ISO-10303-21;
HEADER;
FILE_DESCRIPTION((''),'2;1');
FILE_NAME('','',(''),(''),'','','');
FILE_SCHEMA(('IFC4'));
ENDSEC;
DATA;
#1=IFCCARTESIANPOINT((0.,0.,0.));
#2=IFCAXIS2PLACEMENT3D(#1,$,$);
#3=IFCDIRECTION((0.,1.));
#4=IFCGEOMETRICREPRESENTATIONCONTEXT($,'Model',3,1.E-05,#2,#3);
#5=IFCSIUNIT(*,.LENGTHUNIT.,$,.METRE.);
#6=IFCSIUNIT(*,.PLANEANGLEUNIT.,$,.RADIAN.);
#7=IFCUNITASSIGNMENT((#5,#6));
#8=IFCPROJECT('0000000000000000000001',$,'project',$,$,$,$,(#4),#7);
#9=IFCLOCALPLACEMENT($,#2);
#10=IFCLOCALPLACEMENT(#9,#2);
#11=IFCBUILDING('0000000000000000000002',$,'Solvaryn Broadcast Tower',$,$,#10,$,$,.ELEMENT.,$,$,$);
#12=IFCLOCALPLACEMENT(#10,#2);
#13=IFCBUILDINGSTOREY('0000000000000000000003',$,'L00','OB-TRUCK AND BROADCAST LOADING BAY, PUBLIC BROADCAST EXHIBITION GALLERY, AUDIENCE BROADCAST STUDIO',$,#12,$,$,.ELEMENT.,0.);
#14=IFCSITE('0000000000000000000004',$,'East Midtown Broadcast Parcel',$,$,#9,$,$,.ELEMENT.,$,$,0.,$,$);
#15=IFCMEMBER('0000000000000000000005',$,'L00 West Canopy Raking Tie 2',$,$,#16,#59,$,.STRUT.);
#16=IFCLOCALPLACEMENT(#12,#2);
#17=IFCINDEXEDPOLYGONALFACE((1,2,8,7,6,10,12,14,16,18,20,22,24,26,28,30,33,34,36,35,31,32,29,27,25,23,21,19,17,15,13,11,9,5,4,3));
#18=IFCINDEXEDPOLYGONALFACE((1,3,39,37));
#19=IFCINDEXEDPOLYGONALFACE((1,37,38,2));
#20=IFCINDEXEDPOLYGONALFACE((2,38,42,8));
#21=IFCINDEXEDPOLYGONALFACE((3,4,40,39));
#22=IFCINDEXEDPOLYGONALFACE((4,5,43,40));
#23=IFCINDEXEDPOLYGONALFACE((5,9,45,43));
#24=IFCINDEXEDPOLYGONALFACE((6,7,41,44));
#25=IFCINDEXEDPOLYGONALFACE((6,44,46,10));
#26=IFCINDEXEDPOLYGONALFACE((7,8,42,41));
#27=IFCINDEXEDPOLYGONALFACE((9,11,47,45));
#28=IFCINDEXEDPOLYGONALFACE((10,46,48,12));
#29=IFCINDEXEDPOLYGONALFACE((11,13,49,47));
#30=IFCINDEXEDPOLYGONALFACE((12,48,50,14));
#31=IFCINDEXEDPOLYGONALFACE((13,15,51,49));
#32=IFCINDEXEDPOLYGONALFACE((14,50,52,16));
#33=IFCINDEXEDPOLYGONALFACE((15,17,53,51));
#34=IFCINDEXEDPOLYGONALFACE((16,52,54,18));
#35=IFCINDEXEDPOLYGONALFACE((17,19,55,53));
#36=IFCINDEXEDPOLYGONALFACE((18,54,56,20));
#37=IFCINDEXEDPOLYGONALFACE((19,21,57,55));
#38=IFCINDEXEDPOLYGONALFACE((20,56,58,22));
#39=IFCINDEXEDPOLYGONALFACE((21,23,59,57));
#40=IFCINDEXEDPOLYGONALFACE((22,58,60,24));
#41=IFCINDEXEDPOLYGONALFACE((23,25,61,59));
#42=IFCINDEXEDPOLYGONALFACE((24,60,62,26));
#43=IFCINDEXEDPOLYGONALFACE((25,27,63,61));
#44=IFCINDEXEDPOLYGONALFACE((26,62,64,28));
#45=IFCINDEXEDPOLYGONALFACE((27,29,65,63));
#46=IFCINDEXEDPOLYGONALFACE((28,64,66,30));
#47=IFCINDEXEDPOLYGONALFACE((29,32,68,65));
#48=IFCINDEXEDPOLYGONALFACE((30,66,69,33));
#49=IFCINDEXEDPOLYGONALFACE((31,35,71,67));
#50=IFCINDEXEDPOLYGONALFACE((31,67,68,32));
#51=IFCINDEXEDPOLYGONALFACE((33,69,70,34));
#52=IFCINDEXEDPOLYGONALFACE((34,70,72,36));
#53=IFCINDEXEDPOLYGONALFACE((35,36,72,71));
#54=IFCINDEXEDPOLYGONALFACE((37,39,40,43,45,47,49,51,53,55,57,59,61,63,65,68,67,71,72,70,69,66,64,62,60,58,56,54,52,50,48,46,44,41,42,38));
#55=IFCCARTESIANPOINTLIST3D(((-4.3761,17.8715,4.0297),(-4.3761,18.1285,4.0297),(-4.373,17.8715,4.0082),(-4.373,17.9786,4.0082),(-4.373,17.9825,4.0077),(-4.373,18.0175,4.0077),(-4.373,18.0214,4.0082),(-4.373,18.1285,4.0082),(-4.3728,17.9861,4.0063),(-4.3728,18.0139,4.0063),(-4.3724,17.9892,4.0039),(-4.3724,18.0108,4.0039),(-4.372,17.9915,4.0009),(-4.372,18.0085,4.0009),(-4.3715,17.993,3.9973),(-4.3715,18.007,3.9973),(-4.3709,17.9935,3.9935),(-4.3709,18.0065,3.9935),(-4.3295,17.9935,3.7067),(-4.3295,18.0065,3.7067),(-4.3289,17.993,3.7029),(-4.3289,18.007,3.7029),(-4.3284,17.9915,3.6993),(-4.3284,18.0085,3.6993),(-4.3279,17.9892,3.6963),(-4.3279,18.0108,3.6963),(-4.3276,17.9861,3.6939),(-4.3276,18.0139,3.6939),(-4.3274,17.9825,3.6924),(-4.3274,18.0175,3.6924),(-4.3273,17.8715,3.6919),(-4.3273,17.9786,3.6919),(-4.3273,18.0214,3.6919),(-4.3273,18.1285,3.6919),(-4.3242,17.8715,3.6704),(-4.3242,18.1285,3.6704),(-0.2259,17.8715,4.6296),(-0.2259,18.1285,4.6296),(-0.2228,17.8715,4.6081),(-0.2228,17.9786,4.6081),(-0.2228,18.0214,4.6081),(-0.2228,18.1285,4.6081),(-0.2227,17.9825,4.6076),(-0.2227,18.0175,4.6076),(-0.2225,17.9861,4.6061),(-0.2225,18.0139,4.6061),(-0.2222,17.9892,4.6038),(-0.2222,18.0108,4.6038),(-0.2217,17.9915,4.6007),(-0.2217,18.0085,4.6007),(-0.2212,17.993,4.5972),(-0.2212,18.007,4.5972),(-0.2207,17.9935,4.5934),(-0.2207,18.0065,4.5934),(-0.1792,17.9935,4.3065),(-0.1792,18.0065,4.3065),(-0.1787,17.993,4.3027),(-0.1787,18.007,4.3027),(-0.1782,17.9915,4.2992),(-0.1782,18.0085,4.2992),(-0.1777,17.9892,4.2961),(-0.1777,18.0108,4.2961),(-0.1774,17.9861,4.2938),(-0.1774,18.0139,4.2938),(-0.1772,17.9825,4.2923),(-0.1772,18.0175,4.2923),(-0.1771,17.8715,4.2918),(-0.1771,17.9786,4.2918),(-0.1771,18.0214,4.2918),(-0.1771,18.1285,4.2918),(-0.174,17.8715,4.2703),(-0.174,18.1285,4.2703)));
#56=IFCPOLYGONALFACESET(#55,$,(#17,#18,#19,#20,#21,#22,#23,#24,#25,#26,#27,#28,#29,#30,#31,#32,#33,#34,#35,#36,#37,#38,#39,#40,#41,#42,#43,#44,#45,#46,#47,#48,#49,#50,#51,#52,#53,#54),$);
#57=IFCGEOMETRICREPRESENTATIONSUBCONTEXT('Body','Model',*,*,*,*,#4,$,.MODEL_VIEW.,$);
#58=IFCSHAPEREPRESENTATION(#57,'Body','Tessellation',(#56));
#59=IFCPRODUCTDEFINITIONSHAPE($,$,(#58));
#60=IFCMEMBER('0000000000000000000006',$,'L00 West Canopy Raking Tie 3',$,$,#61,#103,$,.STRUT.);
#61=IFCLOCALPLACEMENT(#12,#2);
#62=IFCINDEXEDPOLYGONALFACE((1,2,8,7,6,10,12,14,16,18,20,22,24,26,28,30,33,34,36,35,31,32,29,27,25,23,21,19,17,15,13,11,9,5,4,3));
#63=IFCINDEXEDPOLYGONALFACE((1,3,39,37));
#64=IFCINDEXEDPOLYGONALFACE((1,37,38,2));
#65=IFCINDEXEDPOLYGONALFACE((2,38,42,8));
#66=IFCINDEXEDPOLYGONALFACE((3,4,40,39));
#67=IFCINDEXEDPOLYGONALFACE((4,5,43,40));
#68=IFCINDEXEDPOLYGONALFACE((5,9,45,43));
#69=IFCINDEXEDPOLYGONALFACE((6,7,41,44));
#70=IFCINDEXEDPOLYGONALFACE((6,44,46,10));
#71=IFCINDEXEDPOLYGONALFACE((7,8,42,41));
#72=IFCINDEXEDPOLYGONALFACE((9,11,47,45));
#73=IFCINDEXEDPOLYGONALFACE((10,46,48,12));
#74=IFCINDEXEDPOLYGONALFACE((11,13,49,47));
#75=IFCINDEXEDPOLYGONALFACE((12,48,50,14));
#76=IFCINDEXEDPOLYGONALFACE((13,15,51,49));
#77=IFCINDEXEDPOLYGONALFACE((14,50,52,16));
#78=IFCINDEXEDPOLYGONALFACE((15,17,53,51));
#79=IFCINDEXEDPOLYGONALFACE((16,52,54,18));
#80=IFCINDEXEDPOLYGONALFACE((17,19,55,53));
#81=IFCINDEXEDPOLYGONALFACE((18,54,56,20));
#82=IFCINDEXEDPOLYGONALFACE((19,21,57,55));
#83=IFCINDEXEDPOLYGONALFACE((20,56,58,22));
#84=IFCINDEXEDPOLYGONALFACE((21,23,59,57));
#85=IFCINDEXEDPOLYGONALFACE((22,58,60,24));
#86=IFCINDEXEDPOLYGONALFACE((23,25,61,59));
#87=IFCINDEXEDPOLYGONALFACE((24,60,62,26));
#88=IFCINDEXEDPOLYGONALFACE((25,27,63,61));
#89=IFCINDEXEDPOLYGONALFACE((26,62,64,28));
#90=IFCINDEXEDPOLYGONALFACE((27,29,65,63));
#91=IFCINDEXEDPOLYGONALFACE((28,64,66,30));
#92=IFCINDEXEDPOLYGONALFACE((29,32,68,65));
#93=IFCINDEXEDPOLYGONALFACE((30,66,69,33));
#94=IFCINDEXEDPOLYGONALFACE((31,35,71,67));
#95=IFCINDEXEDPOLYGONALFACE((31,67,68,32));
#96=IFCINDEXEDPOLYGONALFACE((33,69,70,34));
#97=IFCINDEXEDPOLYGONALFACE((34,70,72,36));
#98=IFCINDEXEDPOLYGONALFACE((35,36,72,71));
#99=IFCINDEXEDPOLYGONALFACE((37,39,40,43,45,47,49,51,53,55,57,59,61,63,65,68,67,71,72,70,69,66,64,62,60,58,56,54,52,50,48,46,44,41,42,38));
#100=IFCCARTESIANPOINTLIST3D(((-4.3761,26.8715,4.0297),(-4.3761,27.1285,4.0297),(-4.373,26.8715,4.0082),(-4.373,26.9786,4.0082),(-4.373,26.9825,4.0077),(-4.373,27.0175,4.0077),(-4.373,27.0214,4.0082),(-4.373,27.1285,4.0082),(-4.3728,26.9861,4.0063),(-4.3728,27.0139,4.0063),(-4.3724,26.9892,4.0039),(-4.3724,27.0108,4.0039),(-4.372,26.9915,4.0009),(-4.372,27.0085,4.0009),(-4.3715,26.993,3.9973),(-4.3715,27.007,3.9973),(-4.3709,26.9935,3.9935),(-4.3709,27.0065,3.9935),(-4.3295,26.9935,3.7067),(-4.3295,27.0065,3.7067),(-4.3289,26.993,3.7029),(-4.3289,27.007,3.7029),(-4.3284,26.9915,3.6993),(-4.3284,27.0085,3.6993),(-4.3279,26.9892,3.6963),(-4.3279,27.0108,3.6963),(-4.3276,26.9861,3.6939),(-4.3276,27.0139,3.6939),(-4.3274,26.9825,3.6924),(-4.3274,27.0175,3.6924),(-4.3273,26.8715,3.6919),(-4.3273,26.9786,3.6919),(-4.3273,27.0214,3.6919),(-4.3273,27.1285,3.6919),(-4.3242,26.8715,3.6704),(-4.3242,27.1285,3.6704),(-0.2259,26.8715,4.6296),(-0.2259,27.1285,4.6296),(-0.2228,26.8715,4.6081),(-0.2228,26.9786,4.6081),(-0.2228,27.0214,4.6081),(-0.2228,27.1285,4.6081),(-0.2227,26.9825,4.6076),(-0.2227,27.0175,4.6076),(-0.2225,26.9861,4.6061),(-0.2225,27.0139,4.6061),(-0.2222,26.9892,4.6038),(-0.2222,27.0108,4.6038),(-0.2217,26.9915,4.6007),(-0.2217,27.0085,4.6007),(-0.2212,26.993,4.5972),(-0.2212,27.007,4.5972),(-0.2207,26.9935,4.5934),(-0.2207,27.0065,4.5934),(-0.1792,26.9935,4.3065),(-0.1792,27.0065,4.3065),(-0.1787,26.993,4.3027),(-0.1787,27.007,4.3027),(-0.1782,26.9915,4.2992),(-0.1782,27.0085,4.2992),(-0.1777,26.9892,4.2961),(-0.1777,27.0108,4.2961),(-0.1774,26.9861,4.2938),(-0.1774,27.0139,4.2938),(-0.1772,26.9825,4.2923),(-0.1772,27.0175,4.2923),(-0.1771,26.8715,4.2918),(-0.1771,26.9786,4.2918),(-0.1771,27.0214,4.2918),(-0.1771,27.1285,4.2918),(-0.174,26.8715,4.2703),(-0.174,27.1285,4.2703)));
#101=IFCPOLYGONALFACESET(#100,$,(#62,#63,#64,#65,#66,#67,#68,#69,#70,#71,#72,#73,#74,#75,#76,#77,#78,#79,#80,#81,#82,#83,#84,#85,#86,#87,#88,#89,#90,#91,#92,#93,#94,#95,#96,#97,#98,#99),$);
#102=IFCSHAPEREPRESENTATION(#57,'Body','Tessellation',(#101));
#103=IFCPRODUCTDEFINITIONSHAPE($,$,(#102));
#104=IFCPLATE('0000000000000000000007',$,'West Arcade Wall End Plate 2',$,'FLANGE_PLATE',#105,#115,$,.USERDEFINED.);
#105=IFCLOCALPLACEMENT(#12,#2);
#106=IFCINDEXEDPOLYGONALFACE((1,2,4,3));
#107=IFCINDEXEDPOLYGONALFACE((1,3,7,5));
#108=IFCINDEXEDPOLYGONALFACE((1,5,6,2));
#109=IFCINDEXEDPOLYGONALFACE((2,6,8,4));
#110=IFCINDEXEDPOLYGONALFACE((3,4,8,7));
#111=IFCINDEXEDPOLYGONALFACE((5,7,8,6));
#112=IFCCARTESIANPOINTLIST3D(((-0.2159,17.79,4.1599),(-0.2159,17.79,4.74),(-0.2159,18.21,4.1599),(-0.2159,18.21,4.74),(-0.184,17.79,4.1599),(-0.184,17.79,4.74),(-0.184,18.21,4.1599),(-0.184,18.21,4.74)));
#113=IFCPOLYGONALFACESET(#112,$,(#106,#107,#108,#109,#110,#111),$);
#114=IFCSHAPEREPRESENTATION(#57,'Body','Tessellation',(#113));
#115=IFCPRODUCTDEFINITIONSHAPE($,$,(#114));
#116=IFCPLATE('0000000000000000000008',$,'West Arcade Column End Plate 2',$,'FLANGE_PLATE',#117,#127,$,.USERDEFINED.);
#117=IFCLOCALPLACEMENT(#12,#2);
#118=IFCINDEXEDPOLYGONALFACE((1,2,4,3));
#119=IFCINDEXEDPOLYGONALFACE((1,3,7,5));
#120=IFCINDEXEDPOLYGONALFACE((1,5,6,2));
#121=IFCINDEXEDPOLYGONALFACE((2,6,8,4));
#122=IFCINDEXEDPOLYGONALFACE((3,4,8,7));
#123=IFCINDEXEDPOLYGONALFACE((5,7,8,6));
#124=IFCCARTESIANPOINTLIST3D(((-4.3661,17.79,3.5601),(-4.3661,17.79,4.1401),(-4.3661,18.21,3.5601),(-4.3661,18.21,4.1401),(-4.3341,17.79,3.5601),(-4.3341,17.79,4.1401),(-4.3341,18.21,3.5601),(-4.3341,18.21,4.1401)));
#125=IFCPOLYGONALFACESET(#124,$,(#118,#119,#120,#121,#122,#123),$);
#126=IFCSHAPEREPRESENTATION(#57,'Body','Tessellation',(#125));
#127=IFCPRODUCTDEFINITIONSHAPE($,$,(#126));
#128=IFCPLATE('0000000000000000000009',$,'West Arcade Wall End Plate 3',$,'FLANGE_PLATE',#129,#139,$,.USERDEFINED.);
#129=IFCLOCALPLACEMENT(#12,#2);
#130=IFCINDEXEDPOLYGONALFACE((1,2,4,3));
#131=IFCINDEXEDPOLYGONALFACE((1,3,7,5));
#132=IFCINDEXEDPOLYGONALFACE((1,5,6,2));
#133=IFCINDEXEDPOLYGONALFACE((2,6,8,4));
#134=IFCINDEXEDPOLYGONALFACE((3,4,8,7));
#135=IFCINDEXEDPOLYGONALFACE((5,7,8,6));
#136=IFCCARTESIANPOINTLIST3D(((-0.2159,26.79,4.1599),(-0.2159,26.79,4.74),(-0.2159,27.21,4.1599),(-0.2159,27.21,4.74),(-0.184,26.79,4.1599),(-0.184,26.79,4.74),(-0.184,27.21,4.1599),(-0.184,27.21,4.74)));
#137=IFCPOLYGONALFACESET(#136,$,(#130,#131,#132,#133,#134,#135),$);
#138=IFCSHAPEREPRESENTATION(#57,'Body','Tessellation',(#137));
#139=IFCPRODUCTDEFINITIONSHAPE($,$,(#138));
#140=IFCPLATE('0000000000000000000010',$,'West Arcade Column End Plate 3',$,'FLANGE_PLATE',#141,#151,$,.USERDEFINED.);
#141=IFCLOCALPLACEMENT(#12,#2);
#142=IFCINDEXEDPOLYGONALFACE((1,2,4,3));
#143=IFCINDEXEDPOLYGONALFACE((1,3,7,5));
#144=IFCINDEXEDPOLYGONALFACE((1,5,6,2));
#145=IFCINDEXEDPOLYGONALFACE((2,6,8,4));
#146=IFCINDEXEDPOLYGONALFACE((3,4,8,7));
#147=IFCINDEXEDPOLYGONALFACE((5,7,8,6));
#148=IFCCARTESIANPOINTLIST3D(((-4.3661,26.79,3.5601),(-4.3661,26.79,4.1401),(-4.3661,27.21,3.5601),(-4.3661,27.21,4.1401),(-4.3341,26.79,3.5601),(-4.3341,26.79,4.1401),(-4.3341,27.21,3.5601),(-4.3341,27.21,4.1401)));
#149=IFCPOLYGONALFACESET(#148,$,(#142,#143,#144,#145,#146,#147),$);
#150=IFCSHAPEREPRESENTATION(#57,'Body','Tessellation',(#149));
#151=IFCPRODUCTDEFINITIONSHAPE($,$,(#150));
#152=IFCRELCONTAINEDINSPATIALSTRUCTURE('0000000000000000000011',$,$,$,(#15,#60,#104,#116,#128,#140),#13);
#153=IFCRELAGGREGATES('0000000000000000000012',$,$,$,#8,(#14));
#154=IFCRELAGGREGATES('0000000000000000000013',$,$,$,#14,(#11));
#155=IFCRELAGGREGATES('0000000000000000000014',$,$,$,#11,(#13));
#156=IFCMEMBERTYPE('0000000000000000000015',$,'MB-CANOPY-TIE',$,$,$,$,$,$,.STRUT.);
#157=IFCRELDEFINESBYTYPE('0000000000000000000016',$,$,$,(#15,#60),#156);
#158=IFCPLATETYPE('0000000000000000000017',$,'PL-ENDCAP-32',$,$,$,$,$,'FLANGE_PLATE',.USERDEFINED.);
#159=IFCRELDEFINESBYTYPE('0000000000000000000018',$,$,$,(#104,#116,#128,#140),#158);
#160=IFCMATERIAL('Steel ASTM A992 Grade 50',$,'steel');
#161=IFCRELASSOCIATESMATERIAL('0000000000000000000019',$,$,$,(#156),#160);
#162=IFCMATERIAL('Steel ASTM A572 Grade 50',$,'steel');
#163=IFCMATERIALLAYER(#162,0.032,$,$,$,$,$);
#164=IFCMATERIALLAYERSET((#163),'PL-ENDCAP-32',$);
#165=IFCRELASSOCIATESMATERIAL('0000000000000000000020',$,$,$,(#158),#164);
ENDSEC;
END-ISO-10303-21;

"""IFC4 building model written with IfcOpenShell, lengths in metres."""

from ifc_helpers import new_model, si_unit, direction, frame, origin, origin_2d, place, context, subcontext, project, spatial, rectangle, i_section, extrude, material, layer, layer_set, material_profile, profile_set, type_object, element, save


model = new_model("IFC4")

# Units and contexts
model_context = context("Model", 3, precision=1e-05, world=origin(), true_north=direction((0.0, 1.0)))
body_context = subcontext(model_context, "Body", "Model", "MODEL_VIEW")
ifc_project = project(units=[si_unit("LENGTHUNIT", "METRE"), si_unit("PLANEANGLEUNIT", "RADIAN")], contexts=[model_context])

# Site, building, storey
site_placement = place(None, origin())
site = spatial("IfcSite", under=ifc_project, at=site_placement, Name="East Midtown Broadcast Parcel", CompositionType="ELEMENT", RefElevation=0.0)
building_placement = place(site_placement, origin())
building = spatial("IfcBuilding", under=site, at=building_placement, Name="Solvaryn Broadcast Tower", CompositionType="ELEMENT")
storey_placement = place(building_placement, origin())
storey = spatial("IfcBuildingStorey", under=building, at=storey_placement, Name="L00", Description="OB-TRUCK AND BROADCAST LOADING BAY, PUBLIC BROADCAST EXHIBITION GALLERY, AUDIENCE BROADCAST STUDIO", CompositionType="ELEMENT", Elevation=0.0)

# Members
ifc_material_1 = material(Name="Steel ASTM A992 Grade 50", Category="steel")
ifc_material_profile_1 = material_profile(ifc_material_1, i_section(OverallWidth=0.2571, OverallDepth=0.363, WebThickness=0.0129, FlangeThickness=0.0217, FilletRadius=0.0149, at=origin_2d()))
ifc_profile_set_1 = profile_set([ifc_material_profile_1], Name="Steel ASTM A992 Grade 50")
member_type = type_object("IfcMemberType", Name="MB-CANOPY-TIE", PredefinedType="STRUT", material=ifc_profile_set_1)
for number, where, z_axis, x_axis, name in (
    (1, (-0.2, 18.0, 4.45), (-0.989715, 0.0, -0.143051), (0.0, -1.0, 0.0), "L00 West Canopy Raking Tie 2"),
    (2, (-0.2, 27.0, 4.45), (-0.989715, 0.0, -0.143051), (0.0, -1.0, 0.0), "L00 West Canopy Raking Tie 3"),
):
    element("IfcMember", number, at=place(storey_placement, frame(where, z_axis=z_axis, x_axis=x_axis)), inside=storey, type_object=member_type, Name=name, PredefinedType="STRUT", context=body_context, shape_type="SweptSolid", body=[
        extrude(i_section(OverallWidth=0.2571, OverallDepth=0.363, WebThickness=0.0129, FlangeThickness=0.0217, FilletRadius=0.0149, at=origin_2d()), origin(), (0.0, 0.0, 1.0), 4.1934),
    ])

# Plates
ifc_material_2 = material(Name="Steel ASTM A572 Grade 50", Category="steel")
ifc_layer_1 = layer(ifc_material_2, 0.032)
ifc_layer_set_1 = layer_set([ifc_layer_1], Name="PL-ENDCAP-32")
plate_type = type_object("IfcPlateType", Name="PL-ENDCAP-32", ElementType="FLANGE_PLATE", PredefinedType="USERDEFINED", material=ifc_layer_set_1)
for number, where, z_axis, x_axis, name in (
    (3, (-0.2, 18.0, 4.1599), (0.0, 0.0, 1.0), (1.0, 0.0, 0.0), "West Arcade Wall End Plate 2"),
    (4, (-4.3501, 18.0, 3.5601), (0.0, 0.0, 1.0), (1.0, 0.0, 0.0), "West Arcade Column End Plate 2"),
    (5, (-0.2, 27.0, 4.1599), (0.0, 0.0, 1.0), (1.0, 0.0, 0.0), "West Arcade Wall End Plate 3"),
    (6, (-4.3501, 27.0, 3.5601), (0.0, 0.0, 1.0), (1.0, 0.0, 0.0), "West Arcade Column End Plate 3"),
):
    element("IfcPlate", number, at=place(storey_placement, frame(where, z_axis=z_axis, x_axis=x_axis)), inside=storey, type_object=plate_type, Name=name, ObjectType="FLANGE_PLATE", PredefinedType="USERDEFINED", context=body_context, shape_type="SweptSolid", body=[
        extrude(rectangle(XDim=0.032, YDim=0.4199, at=origin_2d()), origin(), (0.0, 0.0, 1.0), 0.5801),
    ])

save(model, "model.ifc")
